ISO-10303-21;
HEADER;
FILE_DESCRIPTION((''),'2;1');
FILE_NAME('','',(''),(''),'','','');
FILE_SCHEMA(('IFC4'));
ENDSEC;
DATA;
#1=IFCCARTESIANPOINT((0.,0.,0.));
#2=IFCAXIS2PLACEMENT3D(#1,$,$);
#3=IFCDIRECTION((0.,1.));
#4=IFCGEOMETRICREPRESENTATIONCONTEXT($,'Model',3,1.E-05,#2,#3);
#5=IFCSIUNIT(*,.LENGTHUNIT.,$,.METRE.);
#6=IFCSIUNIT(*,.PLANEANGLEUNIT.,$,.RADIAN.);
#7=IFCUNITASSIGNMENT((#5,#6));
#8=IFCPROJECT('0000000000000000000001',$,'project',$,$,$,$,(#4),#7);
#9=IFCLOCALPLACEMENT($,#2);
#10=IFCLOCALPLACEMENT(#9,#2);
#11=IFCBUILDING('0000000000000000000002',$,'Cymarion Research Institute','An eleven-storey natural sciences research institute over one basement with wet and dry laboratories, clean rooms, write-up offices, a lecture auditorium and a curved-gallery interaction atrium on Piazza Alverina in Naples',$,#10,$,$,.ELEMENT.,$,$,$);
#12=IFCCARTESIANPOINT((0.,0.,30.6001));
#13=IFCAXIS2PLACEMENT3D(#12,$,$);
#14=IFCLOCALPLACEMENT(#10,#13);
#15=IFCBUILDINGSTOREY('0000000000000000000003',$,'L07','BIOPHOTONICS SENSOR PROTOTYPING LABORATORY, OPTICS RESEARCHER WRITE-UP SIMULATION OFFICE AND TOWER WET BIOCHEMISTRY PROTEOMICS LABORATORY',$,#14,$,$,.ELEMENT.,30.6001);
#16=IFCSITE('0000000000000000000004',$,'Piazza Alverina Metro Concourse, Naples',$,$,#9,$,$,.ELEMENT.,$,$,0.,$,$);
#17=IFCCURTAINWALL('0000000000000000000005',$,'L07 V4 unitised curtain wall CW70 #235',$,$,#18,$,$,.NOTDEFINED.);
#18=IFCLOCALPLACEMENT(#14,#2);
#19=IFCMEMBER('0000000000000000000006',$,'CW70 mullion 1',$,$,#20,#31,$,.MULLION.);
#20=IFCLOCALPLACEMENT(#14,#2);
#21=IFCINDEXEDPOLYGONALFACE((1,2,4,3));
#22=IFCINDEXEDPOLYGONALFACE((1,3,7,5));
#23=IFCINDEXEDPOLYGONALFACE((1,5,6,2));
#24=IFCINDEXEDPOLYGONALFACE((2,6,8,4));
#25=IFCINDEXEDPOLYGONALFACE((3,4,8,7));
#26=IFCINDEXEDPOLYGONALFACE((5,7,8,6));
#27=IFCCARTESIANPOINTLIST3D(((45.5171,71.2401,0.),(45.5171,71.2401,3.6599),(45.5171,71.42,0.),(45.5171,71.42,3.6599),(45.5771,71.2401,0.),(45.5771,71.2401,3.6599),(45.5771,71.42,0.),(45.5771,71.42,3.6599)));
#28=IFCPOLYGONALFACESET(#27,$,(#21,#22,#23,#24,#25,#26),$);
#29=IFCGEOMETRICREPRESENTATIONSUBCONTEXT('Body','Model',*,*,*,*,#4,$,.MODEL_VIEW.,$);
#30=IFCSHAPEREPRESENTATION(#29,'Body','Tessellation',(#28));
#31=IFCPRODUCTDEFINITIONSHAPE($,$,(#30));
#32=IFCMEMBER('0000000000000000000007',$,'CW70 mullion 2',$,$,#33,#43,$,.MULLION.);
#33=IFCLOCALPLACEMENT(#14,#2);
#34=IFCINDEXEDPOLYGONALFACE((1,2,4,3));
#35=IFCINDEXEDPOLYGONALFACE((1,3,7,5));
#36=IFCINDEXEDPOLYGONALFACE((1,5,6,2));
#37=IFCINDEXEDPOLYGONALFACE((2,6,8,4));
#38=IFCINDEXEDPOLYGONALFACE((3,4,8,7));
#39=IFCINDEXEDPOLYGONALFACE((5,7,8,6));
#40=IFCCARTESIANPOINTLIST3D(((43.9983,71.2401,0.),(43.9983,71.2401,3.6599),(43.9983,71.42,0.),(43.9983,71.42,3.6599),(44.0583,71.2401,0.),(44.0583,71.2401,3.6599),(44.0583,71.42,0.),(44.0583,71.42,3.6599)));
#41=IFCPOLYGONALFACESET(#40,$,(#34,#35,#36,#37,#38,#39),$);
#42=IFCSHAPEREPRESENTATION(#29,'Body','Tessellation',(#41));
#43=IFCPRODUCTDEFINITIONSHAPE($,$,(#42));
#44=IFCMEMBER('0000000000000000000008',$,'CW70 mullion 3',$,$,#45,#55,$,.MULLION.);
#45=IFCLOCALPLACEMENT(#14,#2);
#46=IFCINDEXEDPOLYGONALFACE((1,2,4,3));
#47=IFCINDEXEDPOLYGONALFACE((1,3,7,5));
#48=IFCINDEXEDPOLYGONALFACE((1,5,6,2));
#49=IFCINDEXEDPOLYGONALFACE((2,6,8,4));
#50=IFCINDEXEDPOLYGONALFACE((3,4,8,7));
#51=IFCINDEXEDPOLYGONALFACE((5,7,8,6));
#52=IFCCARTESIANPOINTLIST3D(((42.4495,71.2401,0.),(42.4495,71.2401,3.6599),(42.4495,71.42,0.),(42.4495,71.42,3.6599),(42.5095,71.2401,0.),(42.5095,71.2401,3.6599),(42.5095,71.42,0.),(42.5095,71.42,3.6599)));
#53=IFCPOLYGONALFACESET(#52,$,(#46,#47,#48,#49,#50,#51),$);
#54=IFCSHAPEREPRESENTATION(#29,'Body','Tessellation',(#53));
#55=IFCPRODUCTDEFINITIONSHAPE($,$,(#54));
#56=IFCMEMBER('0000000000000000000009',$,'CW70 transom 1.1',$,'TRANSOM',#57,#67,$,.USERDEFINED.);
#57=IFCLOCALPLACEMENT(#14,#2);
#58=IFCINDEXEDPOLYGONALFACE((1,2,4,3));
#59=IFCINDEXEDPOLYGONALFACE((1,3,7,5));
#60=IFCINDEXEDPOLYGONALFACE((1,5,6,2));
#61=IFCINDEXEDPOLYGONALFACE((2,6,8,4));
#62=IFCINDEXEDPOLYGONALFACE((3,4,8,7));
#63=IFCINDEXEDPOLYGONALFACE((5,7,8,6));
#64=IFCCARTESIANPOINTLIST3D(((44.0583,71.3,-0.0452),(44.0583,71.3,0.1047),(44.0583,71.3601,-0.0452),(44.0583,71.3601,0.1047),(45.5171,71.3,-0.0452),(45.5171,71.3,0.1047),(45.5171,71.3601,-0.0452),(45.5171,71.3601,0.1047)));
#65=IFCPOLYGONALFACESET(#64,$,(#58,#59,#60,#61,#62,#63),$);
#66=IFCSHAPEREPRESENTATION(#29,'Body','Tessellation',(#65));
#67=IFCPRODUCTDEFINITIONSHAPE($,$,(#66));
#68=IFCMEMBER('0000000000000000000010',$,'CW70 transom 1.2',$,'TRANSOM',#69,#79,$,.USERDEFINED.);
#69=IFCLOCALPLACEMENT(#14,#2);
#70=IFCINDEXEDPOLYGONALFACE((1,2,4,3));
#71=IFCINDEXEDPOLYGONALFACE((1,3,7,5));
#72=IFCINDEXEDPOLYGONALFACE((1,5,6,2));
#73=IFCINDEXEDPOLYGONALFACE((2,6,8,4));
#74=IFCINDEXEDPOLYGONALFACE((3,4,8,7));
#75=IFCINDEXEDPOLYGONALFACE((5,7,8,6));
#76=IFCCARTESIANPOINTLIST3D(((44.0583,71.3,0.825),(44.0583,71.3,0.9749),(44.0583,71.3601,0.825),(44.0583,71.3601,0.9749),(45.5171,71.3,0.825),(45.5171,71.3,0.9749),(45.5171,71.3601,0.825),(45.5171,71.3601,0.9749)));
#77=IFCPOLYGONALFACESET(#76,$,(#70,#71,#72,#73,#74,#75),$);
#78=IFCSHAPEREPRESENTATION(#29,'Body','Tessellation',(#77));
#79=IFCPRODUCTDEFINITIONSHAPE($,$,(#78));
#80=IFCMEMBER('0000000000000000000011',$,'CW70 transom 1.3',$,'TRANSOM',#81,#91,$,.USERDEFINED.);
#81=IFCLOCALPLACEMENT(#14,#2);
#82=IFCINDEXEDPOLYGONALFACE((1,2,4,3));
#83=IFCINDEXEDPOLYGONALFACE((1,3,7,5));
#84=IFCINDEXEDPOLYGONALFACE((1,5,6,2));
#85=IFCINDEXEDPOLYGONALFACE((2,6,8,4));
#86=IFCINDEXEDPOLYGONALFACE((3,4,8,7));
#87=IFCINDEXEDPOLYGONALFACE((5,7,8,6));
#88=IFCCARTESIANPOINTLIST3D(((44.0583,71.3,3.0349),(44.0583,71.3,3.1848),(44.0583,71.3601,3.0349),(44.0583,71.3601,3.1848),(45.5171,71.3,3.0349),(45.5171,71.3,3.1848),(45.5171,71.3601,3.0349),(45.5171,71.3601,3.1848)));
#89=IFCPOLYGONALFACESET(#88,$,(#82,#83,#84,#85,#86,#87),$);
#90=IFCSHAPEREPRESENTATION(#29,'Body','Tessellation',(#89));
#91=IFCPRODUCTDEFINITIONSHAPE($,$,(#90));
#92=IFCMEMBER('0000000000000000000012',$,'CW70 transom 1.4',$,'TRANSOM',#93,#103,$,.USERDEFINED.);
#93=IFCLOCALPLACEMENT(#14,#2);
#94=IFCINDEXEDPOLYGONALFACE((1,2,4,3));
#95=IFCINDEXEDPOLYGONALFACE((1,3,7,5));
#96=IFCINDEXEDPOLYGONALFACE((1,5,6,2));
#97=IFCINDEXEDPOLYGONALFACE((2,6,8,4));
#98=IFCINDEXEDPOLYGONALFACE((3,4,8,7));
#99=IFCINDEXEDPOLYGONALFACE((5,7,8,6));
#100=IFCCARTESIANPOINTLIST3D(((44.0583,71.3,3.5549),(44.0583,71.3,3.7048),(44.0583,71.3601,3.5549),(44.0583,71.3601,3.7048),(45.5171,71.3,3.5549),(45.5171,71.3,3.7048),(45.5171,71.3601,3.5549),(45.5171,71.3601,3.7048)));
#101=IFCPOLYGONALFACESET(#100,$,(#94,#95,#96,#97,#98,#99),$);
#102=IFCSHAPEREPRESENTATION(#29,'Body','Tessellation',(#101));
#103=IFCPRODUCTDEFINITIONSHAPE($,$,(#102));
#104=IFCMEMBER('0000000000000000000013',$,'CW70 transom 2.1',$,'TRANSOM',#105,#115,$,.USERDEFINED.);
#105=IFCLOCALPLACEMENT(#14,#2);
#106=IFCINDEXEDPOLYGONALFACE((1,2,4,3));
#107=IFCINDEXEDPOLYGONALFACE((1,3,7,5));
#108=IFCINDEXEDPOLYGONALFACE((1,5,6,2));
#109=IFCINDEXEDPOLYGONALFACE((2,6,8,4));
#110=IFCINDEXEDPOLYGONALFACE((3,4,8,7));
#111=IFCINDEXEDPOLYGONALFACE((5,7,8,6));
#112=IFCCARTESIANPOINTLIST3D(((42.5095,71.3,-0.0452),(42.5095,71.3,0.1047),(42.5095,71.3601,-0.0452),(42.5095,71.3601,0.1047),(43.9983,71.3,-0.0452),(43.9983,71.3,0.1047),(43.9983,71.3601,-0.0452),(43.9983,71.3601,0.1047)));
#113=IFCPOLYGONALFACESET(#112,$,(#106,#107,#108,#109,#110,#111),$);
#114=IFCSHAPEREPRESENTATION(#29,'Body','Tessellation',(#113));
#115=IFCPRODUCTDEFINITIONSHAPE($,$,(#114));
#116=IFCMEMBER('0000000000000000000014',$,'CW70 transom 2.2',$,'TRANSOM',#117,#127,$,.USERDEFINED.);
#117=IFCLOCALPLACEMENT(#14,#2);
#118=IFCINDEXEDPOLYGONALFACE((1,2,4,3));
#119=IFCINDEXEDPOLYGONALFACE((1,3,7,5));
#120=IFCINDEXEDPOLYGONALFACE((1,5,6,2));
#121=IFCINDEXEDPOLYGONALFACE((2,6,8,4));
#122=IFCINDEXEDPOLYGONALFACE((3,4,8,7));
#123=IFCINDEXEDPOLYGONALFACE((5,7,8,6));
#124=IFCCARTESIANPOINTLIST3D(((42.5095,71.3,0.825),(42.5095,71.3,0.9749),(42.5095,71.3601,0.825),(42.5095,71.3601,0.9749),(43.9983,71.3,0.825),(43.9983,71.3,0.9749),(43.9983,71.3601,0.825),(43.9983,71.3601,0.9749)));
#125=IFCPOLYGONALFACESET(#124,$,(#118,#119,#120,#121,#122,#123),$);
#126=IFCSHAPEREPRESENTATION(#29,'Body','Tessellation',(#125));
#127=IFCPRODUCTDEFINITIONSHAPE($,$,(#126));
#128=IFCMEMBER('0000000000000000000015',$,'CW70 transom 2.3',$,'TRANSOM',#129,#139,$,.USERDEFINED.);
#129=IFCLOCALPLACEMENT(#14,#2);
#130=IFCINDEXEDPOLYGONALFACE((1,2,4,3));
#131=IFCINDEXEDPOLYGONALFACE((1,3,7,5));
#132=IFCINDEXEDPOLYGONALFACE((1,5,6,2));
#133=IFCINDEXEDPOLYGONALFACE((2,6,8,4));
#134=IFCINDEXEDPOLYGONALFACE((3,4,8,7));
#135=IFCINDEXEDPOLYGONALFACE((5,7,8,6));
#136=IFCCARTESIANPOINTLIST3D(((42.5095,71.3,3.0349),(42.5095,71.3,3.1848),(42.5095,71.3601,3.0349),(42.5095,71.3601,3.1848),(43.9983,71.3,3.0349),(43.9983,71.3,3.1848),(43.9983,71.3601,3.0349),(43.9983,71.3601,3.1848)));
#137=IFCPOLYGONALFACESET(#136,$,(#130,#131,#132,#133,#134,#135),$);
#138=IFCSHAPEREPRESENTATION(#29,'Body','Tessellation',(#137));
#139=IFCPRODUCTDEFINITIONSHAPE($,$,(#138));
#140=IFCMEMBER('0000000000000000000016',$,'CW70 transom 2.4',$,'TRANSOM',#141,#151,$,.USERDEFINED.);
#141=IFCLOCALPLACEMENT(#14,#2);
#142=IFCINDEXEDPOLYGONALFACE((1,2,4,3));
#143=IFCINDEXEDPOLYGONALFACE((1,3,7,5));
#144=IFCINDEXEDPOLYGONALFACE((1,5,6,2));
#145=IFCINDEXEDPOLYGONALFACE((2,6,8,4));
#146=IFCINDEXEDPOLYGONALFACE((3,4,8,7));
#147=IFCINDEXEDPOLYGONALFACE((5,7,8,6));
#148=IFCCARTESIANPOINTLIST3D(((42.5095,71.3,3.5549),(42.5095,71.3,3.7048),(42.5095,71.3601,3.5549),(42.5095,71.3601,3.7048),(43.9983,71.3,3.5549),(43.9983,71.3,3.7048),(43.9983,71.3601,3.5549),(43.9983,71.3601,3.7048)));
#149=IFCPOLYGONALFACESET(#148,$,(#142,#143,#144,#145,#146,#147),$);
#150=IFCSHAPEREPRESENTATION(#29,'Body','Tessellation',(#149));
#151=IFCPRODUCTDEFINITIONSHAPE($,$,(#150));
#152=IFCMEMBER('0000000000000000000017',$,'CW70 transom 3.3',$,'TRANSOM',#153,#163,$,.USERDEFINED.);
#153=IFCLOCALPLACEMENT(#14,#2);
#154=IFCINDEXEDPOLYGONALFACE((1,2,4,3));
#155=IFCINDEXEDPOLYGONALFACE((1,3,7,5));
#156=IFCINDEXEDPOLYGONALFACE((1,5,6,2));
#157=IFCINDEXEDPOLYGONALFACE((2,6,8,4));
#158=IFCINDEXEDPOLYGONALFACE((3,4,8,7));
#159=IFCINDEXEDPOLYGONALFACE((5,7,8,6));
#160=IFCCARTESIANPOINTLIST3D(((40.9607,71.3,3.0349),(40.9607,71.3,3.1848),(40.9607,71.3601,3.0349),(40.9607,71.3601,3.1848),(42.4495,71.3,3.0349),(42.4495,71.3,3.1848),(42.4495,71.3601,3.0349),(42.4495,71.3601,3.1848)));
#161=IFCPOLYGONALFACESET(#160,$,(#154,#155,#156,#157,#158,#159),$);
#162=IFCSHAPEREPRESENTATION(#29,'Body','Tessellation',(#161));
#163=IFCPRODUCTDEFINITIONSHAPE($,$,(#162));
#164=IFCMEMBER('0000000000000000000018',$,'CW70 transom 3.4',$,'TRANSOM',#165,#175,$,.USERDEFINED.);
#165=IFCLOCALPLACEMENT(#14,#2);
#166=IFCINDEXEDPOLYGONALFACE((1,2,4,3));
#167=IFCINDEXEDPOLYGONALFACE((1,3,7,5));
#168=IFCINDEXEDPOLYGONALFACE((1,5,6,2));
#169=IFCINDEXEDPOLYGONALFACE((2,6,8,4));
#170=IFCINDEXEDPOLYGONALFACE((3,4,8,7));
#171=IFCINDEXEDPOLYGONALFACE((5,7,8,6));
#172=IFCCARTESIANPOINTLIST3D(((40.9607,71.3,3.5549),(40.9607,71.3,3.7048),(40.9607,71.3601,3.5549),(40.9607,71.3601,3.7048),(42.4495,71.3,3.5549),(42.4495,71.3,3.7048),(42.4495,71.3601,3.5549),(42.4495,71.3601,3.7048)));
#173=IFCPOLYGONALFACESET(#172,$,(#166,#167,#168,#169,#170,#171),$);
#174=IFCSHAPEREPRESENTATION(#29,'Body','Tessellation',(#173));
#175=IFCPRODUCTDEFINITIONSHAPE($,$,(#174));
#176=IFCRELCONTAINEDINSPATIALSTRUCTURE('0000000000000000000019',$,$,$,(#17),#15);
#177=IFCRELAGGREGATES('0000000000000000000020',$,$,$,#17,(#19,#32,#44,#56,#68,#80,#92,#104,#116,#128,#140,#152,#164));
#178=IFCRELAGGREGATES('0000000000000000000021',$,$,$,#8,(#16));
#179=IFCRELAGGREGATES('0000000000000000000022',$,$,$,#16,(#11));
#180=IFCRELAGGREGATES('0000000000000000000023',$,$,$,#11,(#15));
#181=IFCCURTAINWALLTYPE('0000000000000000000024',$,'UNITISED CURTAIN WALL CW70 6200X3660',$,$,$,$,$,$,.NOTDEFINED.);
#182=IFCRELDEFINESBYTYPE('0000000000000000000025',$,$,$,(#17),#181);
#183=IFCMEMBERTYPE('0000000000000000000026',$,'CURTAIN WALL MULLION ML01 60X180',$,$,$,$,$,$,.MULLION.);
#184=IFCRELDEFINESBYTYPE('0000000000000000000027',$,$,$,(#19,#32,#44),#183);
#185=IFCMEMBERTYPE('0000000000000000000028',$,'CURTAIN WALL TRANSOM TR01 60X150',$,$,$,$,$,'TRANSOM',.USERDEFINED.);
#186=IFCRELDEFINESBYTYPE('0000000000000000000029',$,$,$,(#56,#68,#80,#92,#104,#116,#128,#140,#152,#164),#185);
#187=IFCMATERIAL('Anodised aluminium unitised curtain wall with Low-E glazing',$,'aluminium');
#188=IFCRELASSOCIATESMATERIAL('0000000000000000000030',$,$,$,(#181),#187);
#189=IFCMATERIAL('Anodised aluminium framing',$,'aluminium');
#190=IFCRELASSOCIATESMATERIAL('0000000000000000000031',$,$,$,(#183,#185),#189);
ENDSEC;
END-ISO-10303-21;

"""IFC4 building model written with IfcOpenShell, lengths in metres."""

from ifc_helpers import new_model, si_unit, direction, frame, origin, origin_2d, place, context, subcontext, project, spatial, rectangle, extrude, material, material_profile, profile_set, type_object, element, aggregate, save


model = new_model("IFC4")

# Units and contexts
model_context = context("Model", 3, precision=1e-05, world=origin(), true_north=direction((0.0, 1.0)))
body_context = subcontext(model_context, "Body", "Model", "MODEL_VIEW")
ifc_project = project(units=[si_unit("LENGTHUNIT", "METRE"), si_unit("PLANEANGLEUNIT", "RADIAN")], contexts=[model_context])

# Site, building, storey
site_placement = place(None, origin())
site = spatial("IfcSite", under=ifc_project, at=site_placement, Name="Piazza Alverina Metro Concourse, Naples", CompositionType="ELEMENT", RefElevation=0.0)
building_placement = place(site_placement, origin())
building = spatial("IfcBuilding", under=site, at=building_placement, Name="Cymarion Research Institute", Description="An eleven-storey natural sciences research institute over one basement with wet and dry laboratories, clean rooms, write-up offices, a lecture auditorium and a curved-gallery interaction atrium on Piazza Alverina in Naples", CompositionType="ELEMENT")
storey_placement = place(building_placement, frame((0.0, 0.0, 30.6001)))
storey = spatial("IfcBuildingStorey", under=building, at=storey_placement, Name="L07", Description="BIOPHOTONICS SENSOR PROTOTYPING LABORATORY, OPTICS RESEARCHER WRITE-UP SIMULATION OFFICE AND TOWER WET BIOCHEMISTRY PROTEOMICS LABORATORY", CompositionType="ELEMENT", Elevation=30.6001)

# Curtain wall, members
ifc_material_1 = material(Name="Anodised aluminium unitised curtain wall with Low-E glazing", Category="aluminium")
curtain_wall_type = type_object("IfcCurtainWallType", Name="UNITISED CURTAIN WALL CW70 6200X3660", PredefinedType="NOTDEFINED", material=ifc_material_1)
curtain_wall_placement = place(storey_placement, origin())
curtain_wall = element("IfcCurtainWall", 1, at=curtain_wall_placement, inside=storey, type_object=curtain_wall_type, Name="L07 V4 unitised curtain wall CW70 #235", PredefinedType="NOTDEFINED")
ifc_material_2 = material(Name="Anodised aluminium framing", Category="aluminium")
ifc_material_profile_1 = material_profile(ifc_material_2, rectangle(XDim=0.0601, YDim=0.1799, at=origin_2d()), Name="ALU MULLION 60x180")
ifc_profile_set_1 = profile_set([ifc_material_profile_1], Name="Anodised aluminium framing")
member_type_1 = type_object("IfcMemberType", Name="CURTAIN WALL MULLION ML01 60X180", PredefinedType="MULLION", material=ifc_profile_set_1)
member_1_placement = place(storey_placement, frame((45.5471, 71.3301, 0.0), z_axis=(0.0, 0.0, 1.0), x_axis=(-1.0, 0.0, 0.0)))
member_1 = element("IfcMember", 2, at=member_1_placement, type_object=member_type_1, Name="CW70 mullion 1", PredefinedType="MULLION", context=body_context, shape_type="SweptSolid", body=[
    extrude(rectangle(XDim=0.0601, YDim=0.1799, at=origin_2d()), origin(), (0.0, 0.0, 1.0), 3.6599),
])
member_2_placement = place(storey_placement, frame((44.0283, 71.3301, 0.0), z_axis=(0.0, 0.0, 1.0), x_axis=(-1.0, 0.0, 0.0)))
member_2 = element("IfcMember", 3, at=member_2_placement, type_object=member_type_1, Name="CW70 mullion 2", PredefinedType="MULLION", context=body_context, shape_type="SweptSolid", body=[
    extrude(rectangle(XDim=0.0601, YDim=0.1799, at=origin_2d()), origin(), (0.0, 0.0, 1.0), 3.6599),
])
member_3_placement = place(storey_placement, frame((42.4795, 71.3301, 0.0), z_axis=(0.0, 0.0, 1.0), x_axis=(-1.0, 0.0, 0.0)))
member_3 = element("IfcMember", 4, at=member_3_placement, type_object=member_type_1, Name="CW70 mullion 3", PredefinedType="MULLION", context=body_context, shape_type="SweptSolid", body=[
    extrude(rectangle(XDim=0.0601, YDim=0.1799, at=origin_2d()), origin(), (0.0, 0.0, 1.0), 3.6599),
])
ifc_material_profile_2 = material_profile(ifc_material_2, rectangle(XDim=0.0601, YDim=0.1499, at=origin_2d()), Name="ALU TRANSOM 60x150")
ifc_profile_set_2 = profile_set([ifc_material_profile_2], Name="Anodised aluminium framing")
member_type_2 = type_object("IfcMemberType", Name="CURTAIN WALL TRANSOM TR01 60X150", ElementType="TRANSOM", PredefinedType="USERDEFINED", material=ifc_profile_set_2)
member_4_placement = place(storey_placement, frame((45.5171, 71.3301, 0.0298), z_axis=(-1.0, 0.0, 0.0), x_axis=(0.0, -1.0, 0.0)))
member_4 = element("IfcMember", 5, at=member_4_placement, type_object=member_type_2, Name="CW70 transom 1.1", ObjectType="TRANSOM", PredefinedType="USERDEFINED", context=body_context, shape_type="SweptSolid", body=[
    extrude(rectangle(XDim=0.0601, YDim=0.1499, at=origin_2d()), origin(), (0.0, 0.0, 1.0), 1.4587),
])
member_5_placement = place(storey_placement, frame((45.5171, 71.3301, 0.8999), z_axis=(-1.0, 0.0, 0.0), x_axis=(0.0, -1.0, 0.0)))
member_5 = element("IfcMember", 6, at=member_5_placement, type_object=member_type_2, Name="CW70 transom 1.2", ObjectType="TRANSOM", PredefinedType="USERDEFINED", context=body_context, shape_type="SweptSolid", body=[
    extrude(rectangle(XDim=0.0601, YDim=0.1499, at=origin_2d()), origin(), (0.0, 0.0, 1.0), 1.4587),
])
member_6_placement = place(storey_placement, frame((45.5171, 71.3301, 3.1099), z_axis=(-1.0, 0.0, 0.0), x_axis=(0.0, -1.0, 0.0)))
member_6 = element("IfcMember", 7, at=member_6_placement, type_object=member_type_2, Name="CW70 transom 1.3", ObjectType="TRANSOM", PredefinedType="USERDEFINED", context=body_context, shape_type="SweptSolid", body=[
    extrude(rectangle(XDim=0.0601, YDim=0.1499, at=origin_2d()), origin(), (0.0, 0.0, 1.0), 1.4587),
])
member_7_placement = place(storey_placement, frame((45.5171, 71.3301, 3.6299), z_axis=(-1.0, 0.0, 0.0), x_axis=(0.0, -1.0, 0.0)))
member_7 = element("IfcMember", 8, at=member_7_placement, type_object=member_type_2, Name="CW70 transom 1.4", ObjectType="TRANSOM", PredefinedType="USERDEFINED", context=body_context, shape_type="SweptSolid", body=[
    extrude(rectangle(XDim=0.0601, YDim=0.1499, at=origin_2d()), origin(), (0.0, 0.0, 1.0), 1.4587),
])
member_8_placement = place(storey_placement, frame((43.9983, 71.3301, 0.0298), z_axis=(-1.0, 0.0, 0.0), x_axis=(0.0, -1.0, 0.0)))
member_8 = element("IfcMember", 9, at=member_8_placement, type_object=member_type_2, Name="CW70 transom 2.1", ObjectType="TRANSOM", PredefinedType="USERDEFINED", context=body_context, shape_type="SweptSolid", body=[
    extrude(rectangle(XDim=0.0601, YDim=0.1499, at=origin_2d()), origin(), (0.0, 0.0, 1.0), 1.4888),
])
member_9_placement = place(storey_placement, frame((43.9983, 71.3301, 0.8999), z_axis=(-1.0, 0.0, 0.0), x_axis=(0.0, -1.0, 0.0)))
member_9 = element("IfcMember", 10, at=member_9_placement, type_object=member_type_2, Name="CW70 transom 2.2", ObjectType="TRANSOM", PredefinedType="USERDEFINED", context=body_context, shape_type="SweptSolid", body=[
    extrude(rectangle(XDim=0.0601, YDim=0.1499, at=origin_2d()), origin(), (0.0, 0.0, 1.0), 1.4888),
])
member_10_placement = place(storey_placement, frame((43.9983, 71.3301, 3.1099), z_axis=(-1.0, 0.0, 0.0), x_axis=(0.0, -1.0, 0.0)))
member_10 = element("IfcMember", 11, at=member_10_placement, type_object=member_type_2, Name="CW70 transom 2.3", ObjectType="TRANSOM", PredefinedType="USERDEFINED", context=body_context, shape_type="SweptSolid", body=[
    extrude(rectangle(XDim=0.0601, YDim=0.1499, at=origin_2d()), origin(), (0.0, 0.0, 1.0), 1.4888),
])
member_11_placement = place(storey_placement, frame((43.9983, 71.3301, 3.6299), z_axis=(-1.0, 0.0, 0.0), x_axis=(0.0, -1.0, 0.0)))
member_11 = element("IfcMember", 12, at=member_11_placement, type_object=member_type_2, Name="CW70 transom 2.4", ObjectType="TRANSOM", PredefinedType="USERDEFINED", context=body_context, shape_type="SweptSolid", body=[
    extrude(rectangle(XDim=0.0601, YDim=0.1499, at=origin_2d()), origin(), (0.0, 0.0, 1.0), 1.4888),
])
member_12_placement = place(storey_placement, frame((42.4495, 71.3301, 3.1099), z_axis=(-1.0, 0.0, 0.0), x_axis=(0.0, -1.0, 0.0)))
member_12 = element("IfcMember", 13, at=member_12_placement, type_object=member_type_2, Name="CW70 transom 3.3", ObjectType="TRANSOM", PredefinedType="USERDEFINED", context=body_context, shape_type="SweptSolid", body=[
    extrude(rectangle(XDim=0.0601, YDim=0.1499, at=origin_2d()), origin(), (0.0, 0.0, 1.0), 1.4888),
])
member_13_placement = place(storey_placement, frame((42.4495, 71.3301, 3.6299), z_axis=(-1.0, 0.0, 0.0), x_axis=(0.0, -1.0, 0.0)))
member_13 = element("IfcMember", 14, at=member_13_placement, type_object=member_type_2, Name="CW70 transom 3.4", ObjectType="TRANSOM", PredefinedType="USERDEFINED", context=body_context, shape_type="SweptSolid", body=[
    extrude(rectangle(XDim=0.0601, YDim=0.1499, at=origin_2d()), origin(), (0.0, 0.0, 1.0), 1.4888),
])

aggregate(curtain_wall, [member_1, member_2, member_3, member_4, member_5, member_6, member_7, member_8, member_9, member_10, member_11, member_12, member_13])

save(model, "model.ifc")
